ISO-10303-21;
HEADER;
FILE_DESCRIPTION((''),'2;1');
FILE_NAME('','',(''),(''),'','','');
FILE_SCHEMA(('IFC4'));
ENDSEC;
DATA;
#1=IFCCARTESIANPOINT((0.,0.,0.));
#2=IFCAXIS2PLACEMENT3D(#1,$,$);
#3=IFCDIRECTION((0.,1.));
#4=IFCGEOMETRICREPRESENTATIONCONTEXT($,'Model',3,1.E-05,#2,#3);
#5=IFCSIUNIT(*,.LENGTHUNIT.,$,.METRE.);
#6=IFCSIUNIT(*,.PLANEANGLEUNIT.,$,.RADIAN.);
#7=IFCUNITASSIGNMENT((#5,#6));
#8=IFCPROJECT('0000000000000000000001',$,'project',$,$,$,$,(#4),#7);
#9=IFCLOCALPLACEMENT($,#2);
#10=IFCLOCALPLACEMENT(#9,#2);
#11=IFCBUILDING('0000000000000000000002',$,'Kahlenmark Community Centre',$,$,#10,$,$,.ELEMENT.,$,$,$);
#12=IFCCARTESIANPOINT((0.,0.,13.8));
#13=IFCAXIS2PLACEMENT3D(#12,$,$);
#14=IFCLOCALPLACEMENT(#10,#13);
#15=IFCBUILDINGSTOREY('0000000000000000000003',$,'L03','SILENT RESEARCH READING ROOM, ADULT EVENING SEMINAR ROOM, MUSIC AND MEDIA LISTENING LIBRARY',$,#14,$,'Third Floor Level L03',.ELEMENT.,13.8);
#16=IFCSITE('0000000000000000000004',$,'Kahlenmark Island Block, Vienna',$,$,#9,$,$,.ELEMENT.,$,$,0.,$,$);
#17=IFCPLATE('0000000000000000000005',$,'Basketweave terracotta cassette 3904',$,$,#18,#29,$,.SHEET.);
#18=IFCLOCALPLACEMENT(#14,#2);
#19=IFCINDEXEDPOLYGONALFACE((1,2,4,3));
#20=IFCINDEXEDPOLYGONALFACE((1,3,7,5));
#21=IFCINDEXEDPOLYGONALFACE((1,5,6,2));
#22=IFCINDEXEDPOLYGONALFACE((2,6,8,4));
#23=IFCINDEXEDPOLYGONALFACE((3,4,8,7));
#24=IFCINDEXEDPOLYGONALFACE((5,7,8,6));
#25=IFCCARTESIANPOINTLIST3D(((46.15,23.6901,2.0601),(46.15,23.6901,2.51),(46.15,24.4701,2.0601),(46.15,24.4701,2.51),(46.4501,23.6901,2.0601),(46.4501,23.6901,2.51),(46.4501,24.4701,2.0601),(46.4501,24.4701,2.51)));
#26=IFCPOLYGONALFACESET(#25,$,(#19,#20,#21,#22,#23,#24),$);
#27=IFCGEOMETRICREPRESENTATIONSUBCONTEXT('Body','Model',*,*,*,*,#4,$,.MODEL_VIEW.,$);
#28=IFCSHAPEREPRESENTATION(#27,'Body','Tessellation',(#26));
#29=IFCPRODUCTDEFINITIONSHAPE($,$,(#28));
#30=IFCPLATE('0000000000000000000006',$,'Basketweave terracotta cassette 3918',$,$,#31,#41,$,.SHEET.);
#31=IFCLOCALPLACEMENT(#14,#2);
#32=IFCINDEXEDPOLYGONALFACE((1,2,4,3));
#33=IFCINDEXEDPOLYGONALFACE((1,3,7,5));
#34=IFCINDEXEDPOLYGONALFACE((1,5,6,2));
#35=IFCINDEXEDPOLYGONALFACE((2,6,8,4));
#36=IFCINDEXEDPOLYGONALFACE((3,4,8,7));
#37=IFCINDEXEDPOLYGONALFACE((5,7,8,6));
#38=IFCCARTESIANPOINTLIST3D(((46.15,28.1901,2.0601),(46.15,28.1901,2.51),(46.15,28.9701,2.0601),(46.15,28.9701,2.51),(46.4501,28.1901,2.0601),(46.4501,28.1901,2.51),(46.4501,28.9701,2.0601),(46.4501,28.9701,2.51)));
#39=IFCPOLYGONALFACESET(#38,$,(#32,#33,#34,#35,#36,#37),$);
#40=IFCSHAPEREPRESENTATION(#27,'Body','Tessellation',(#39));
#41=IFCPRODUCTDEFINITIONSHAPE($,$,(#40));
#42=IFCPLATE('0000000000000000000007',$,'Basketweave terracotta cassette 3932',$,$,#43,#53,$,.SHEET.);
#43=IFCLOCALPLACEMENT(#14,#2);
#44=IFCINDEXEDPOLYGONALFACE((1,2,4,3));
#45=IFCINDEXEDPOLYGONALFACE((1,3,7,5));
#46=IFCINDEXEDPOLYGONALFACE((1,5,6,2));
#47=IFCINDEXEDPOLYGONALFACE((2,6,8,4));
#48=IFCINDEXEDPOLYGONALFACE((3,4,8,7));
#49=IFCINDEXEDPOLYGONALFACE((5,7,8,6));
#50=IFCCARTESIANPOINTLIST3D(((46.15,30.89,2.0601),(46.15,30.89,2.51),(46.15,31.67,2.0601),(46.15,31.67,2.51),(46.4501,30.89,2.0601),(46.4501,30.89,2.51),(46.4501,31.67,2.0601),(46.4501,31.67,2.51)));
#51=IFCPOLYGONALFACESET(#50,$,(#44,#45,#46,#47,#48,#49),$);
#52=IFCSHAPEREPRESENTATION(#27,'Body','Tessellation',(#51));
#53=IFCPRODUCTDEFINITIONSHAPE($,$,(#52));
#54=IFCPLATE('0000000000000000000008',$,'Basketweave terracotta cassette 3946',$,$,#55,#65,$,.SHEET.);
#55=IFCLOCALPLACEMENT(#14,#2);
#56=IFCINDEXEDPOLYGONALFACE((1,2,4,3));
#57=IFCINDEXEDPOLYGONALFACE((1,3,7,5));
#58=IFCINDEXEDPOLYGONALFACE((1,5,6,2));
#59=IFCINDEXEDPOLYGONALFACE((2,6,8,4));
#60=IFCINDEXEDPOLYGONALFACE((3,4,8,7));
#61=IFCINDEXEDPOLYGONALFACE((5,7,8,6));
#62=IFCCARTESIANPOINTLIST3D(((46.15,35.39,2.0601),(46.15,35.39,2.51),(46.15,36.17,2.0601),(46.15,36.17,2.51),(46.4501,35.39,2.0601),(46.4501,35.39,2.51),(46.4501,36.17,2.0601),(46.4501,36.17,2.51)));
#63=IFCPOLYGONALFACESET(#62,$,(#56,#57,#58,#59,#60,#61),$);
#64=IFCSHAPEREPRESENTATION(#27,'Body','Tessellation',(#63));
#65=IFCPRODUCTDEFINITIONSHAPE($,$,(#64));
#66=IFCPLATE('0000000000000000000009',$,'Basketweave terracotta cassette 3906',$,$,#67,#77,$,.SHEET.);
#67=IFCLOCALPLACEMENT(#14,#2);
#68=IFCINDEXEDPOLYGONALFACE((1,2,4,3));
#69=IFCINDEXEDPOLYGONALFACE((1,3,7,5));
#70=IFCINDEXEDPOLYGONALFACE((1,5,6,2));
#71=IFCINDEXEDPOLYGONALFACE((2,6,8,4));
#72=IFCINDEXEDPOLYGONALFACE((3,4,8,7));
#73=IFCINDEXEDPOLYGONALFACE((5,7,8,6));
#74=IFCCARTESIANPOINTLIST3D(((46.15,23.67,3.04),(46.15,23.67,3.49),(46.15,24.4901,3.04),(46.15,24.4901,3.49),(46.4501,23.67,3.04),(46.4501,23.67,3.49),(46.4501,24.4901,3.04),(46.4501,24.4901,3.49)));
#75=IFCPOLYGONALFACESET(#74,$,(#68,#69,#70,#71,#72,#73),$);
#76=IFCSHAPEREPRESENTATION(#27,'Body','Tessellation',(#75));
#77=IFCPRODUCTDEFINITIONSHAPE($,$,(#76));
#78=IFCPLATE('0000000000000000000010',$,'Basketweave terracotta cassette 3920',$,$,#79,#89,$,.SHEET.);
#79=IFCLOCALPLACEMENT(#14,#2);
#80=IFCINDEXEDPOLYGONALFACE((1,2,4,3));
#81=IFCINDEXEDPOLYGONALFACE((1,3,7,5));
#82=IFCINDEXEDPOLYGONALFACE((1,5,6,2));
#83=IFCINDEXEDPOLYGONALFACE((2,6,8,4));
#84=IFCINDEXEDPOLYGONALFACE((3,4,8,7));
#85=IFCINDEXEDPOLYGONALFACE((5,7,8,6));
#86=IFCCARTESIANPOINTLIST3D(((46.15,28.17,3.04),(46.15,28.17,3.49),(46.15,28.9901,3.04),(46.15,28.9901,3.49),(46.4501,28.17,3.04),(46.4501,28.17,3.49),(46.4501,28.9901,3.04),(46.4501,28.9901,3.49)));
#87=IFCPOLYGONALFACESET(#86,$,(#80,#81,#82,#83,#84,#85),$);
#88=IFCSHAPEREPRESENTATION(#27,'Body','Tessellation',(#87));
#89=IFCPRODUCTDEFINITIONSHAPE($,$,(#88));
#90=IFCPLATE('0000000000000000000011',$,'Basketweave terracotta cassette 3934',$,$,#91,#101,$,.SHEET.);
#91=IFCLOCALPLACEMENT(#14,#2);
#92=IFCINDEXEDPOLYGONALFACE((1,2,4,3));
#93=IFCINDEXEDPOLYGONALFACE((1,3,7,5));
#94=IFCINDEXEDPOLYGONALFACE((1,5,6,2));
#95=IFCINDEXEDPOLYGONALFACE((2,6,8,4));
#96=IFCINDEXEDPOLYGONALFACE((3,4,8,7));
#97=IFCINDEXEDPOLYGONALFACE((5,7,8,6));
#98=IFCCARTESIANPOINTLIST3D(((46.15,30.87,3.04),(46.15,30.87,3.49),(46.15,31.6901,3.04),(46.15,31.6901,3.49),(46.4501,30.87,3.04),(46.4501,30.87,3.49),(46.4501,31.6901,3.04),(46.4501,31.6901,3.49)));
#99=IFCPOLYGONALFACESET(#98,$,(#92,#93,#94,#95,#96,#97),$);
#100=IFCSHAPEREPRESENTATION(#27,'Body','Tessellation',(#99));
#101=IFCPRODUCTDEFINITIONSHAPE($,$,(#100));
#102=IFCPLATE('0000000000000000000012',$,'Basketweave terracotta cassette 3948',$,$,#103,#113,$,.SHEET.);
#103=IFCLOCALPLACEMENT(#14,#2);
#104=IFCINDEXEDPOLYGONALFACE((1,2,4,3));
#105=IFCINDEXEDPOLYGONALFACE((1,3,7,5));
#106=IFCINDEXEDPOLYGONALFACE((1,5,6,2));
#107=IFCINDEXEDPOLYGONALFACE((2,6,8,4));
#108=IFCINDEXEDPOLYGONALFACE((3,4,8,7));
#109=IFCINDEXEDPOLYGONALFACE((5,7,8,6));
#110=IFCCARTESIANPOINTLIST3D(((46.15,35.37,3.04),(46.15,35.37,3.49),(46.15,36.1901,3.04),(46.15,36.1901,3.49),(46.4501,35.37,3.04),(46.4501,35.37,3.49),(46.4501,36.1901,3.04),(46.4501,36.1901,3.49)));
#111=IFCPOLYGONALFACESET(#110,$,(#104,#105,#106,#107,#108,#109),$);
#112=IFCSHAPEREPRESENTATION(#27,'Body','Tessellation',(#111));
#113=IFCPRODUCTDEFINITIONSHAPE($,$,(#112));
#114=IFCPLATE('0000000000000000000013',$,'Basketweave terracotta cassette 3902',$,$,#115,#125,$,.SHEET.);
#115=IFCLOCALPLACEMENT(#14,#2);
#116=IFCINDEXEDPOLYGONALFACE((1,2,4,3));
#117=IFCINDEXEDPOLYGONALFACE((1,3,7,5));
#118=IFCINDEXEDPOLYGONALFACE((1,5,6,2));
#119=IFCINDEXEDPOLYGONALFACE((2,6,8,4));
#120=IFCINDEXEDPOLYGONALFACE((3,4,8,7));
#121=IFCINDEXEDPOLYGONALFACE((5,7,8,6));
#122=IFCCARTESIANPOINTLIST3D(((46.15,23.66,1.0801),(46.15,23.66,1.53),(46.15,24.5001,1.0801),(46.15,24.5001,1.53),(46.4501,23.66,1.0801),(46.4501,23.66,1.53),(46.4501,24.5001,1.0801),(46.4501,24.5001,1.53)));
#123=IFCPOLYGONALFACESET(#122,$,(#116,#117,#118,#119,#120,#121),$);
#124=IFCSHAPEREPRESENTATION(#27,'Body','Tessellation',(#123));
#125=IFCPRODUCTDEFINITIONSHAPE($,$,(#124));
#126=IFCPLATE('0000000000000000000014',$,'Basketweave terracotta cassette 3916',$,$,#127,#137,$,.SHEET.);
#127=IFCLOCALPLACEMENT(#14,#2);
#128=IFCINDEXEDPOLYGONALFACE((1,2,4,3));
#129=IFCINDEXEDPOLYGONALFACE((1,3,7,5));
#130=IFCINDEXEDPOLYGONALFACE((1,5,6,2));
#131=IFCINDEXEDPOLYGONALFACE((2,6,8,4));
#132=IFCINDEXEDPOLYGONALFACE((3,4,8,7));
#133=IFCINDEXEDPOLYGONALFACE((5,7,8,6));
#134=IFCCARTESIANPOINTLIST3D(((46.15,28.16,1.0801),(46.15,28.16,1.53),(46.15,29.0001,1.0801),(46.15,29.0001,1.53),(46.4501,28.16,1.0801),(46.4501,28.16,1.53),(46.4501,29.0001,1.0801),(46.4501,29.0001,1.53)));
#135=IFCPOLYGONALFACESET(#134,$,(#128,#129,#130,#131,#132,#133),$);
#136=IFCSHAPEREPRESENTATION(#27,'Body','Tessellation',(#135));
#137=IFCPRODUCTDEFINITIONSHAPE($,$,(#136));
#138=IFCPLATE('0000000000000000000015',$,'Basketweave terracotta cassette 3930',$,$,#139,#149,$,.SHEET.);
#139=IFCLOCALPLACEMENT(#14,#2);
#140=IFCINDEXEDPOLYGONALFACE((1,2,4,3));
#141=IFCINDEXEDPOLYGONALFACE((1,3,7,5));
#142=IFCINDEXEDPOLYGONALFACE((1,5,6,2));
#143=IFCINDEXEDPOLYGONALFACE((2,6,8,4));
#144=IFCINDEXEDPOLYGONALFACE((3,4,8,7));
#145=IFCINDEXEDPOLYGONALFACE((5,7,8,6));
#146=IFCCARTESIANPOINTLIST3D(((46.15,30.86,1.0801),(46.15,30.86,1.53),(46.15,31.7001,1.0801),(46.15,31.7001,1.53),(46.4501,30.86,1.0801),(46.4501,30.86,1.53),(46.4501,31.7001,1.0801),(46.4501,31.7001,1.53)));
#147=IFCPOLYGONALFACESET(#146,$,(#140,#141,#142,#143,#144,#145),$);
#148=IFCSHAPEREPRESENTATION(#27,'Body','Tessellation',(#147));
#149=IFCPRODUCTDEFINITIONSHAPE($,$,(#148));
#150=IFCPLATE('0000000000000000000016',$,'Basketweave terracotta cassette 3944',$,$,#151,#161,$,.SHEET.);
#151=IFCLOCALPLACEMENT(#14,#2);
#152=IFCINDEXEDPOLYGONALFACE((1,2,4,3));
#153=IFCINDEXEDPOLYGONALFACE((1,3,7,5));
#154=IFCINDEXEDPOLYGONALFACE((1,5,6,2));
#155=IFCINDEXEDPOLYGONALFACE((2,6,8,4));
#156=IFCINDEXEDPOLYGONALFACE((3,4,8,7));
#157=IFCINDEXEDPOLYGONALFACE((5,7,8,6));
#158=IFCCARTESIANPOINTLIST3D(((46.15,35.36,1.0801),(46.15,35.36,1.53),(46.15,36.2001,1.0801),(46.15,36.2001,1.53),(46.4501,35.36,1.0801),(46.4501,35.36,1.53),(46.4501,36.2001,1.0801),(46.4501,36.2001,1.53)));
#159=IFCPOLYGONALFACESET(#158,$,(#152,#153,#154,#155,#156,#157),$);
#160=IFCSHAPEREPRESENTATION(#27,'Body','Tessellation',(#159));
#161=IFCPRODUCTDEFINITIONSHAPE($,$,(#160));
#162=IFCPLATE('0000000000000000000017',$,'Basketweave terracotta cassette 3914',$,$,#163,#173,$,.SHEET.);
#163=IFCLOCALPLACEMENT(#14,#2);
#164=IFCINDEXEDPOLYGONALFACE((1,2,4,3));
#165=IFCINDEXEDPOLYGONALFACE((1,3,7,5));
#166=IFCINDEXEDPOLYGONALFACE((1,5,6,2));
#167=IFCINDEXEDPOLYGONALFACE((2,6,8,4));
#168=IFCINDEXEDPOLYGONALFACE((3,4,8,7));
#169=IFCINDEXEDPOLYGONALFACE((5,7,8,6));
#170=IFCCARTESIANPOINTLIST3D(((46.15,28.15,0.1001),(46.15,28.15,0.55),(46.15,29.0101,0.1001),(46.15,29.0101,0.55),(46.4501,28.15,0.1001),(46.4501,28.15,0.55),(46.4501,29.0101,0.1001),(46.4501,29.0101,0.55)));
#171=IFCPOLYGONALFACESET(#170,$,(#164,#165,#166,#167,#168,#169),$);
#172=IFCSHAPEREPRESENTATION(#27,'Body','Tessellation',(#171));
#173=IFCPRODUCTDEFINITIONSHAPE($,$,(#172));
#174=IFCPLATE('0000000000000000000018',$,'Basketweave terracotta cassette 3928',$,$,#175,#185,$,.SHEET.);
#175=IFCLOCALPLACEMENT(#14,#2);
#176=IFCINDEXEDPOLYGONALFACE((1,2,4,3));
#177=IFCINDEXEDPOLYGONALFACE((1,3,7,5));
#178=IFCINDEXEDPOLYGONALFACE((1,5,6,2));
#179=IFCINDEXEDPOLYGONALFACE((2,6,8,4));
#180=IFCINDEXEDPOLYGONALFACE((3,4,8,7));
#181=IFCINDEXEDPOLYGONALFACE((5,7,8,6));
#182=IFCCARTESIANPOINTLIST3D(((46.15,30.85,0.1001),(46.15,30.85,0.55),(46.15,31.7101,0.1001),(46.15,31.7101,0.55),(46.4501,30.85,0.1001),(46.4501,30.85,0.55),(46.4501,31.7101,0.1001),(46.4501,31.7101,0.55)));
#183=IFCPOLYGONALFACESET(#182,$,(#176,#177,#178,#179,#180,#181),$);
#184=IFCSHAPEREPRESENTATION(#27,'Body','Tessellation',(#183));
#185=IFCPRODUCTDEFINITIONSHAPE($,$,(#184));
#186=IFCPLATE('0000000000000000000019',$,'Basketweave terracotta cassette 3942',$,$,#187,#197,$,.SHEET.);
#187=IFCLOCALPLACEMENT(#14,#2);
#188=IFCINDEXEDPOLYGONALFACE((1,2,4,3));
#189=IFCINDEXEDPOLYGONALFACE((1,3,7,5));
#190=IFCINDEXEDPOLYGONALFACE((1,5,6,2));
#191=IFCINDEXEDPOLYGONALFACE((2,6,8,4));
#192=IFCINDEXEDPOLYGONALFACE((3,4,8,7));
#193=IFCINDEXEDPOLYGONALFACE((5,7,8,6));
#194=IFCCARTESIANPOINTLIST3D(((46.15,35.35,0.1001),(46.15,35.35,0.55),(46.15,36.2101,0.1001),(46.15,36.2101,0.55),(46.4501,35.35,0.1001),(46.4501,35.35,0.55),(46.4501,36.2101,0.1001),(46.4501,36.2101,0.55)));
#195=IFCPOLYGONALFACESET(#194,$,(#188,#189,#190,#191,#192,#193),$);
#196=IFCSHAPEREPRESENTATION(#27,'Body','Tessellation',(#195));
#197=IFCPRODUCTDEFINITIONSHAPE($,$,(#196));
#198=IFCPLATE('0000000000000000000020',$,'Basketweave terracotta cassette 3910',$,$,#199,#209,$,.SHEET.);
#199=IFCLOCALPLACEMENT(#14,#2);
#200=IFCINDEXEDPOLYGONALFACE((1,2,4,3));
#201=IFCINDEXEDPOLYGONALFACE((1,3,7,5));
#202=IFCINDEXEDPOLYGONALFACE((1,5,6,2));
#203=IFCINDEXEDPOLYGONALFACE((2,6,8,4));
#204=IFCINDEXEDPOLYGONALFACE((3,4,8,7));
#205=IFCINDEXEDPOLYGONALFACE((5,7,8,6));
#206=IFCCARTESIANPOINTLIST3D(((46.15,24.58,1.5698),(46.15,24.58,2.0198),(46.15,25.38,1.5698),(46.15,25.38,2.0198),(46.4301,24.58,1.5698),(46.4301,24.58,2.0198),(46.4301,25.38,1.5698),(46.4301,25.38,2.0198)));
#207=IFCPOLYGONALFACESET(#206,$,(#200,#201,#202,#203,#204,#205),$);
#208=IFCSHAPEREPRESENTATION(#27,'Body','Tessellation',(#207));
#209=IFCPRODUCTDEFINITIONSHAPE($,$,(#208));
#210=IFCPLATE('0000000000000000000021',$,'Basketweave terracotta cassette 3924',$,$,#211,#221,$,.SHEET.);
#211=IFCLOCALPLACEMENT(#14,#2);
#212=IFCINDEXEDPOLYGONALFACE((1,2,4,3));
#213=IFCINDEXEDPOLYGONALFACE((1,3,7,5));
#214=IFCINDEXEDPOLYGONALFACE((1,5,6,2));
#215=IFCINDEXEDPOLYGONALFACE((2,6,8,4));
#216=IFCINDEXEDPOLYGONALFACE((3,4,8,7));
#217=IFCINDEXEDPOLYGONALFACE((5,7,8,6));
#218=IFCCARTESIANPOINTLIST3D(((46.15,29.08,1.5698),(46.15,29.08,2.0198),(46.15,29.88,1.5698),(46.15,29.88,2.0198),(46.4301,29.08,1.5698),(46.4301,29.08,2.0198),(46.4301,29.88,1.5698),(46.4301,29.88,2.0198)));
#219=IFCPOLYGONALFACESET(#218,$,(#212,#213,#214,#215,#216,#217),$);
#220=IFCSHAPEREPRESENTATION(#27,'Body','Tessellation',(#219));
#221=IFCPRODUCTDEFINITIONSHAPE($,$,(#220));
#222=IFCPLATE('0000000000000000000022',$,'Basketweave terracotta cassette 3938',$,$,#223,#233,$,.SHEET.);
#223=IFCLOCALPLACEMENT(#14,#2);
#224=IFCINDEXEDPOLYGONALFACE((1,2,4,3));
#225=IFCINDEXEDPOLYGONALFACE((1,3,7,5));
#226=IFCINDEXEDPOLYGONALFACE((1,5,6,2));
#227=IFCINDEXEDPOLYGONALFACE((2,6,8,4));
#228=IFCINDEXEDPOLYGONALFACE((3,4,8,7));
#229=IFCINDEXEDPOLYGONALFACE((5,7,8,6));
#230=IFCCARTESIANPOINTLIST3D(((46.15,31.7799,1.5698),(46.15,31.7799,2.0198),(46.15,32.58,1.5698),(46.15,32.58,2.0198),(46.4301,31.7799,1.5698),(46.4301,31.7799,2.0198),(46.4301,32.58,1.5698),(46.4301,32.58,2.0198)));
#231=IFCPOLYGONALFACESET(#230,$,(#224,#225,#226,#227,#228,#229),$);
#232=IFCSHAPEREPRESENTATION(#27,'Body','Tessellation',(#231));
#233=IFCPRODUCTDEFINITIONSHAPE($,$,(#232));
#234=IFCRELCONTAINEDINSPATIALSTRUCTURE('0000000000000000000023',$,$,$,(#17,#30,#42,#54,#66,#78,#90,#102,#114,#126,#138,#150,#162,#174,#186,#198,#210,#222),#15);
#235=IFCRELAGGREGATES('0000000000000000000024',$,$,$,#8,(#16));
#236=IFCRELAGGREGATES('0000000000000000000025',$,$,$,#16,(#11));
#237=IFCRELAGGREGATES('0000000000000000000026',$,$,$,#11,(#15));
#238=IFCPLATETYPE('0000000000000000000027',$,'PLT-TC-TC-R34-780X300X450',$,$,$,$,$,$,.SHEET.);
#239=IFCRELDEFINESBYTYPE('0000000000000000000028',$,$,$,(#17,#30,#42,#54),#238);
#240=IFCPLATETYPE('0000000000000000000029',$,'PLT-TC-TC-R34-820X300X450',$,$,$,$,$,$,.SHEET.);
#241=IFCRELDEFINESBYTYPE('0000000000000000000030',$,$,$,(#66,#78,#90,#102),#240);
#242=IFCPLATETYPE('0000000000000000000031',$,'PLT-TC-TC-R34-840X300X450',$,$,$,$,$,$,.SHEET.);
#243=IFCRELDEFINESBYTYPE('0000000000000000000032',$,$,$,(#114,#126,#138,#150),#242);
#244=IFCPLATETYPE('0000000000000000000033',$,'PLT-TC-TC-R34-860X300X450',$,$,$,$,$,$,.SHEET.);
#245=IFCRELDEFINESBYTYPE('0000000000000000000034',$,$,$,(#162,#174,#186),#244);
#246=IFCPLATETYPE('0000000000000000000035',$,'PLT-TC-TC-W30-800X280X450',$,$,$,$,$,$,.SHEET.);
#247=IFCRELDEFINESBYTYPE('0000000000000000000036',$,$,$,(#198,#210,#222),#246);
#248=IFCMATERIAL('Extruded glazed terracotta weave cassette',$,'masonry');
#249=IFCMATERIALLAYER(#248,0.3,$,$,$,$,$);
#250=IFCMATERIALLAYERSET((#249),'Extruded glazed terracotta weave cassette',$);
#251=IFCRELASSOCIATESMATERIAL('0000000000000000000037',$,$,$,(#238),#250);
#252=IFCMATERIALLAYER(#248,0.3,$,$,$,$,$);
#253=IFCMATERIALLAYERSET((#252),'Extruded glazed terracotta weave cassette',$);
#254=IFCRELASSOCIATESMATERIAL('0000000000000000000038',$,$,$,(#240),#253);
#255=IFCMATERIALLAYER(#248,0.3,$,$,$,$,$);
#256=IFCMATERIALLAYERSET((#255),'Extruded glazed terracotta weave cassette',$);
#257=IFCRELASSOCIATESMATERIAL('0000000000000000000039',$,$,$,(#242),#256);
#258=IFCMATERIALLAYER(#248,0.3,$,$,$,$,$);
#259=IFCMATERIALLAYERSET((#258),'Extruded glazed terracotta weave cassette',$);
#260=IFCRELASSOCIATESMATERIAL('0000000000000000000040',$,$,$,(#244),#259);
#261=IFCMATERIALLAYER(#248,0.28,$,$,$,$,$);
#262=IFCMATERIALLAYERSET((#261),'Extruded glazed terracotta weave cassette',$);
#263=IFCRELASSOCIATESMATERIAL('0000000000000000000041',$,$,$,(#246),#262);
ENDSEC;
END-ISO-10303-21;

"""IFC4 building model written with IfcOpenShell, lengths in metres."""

from ifc_helpers import new_model, si_unit, direction, frame, origin, origin_2d, place, context, subcontext, project, spatial, rectangle, extrude, material, layer, layer_set, type_object, element, save


model = new_model("IFC4")

# Units and contexts
model_context = context("Model", 3, precision=1e-05, world=origin(), true_north=direction((0.0, 1.0)))
body_context = subcontext(model_context, "Body", "Model", "MODEL_VIEW")
ifc_project = project(units=[si_unit("LENGTHUNIT", "METRE"), si_unit("PLANEANGLEUNIT", "RADIAN")], contexts=[model_context])

# Site, building, storey
site_placement = place(None, origin())
site = spatial("IfcSite", under=ifc_project, at=site_placement, Name="Kahlenmark Island Block, Vienna", CompositionType="ELEMENT", RefElevation=0.0)
building_placement = place(site_placement, origin())
building = spatial("IfcBuilding", under=site, at=building_placement, Name="Kahlenmark Community Centre", CompositionType="ELEMENT")
storey_placement = place(building_placement, frame((0.0, 0.0, 13.8)))
storey = spatial("IfcBuildingStorey", under=building, at=storey_placement, Name="L03", Description="SILENT RESEARCH READING ROOM, ADULT EVENING SEMINAR ROOM, MUSIC AND MEDIA LISTENING LIBRARY", LongName="Third Floor Level L03", CompositionType="ELEMENT", Elevation=13.8)

# Plates
ifc_material_1 = material(Name="Extruded glazed terracotta weave cassette", Category="masonry")
ifc_layer_1 = layer(ifc_material_1, 0.3)
ifc_layer_set_1 = layer_set([ifc_layer_1], Name="Extruded glazed terracotta weave cassette")
plate_type_1 = type_object("IfcPlateType", Name="PLT-TC-TC-R34-780X300X450", PredefinedType="SHEET", material=ifc_layer_set_1)
for number, where, z_axis, x_axis, name in (
    (1, (46.3, 24.0801, 2.0601), (0.0, 0.0, 1.0), (0.0, 1.0, 0.0), "Basketweave terracotta cassette 3904"),
    (2, (46.3, 28.5801, 2.0601), (0.0, 0.0, 1.0), (0.0, 1.0, 0.0), "Basketweave terracotta cassette 3918"),
    (3, (46.3, 31.28, 2.0601), (0.0, 0.0, 1.0), (0.0, 1.0, 0.0), "Basketweave terracotta cassette 3932"),
    (4, (46.3, 35.78, 2.0601), (0.0, 0.0, 1.0), (0.0, 1.0, 0.0), "Basketweave terracotta cassette 3946"),
):
    element("IfcPlate", number, at=place(storey_placement, frame(where, z_axis=z_axis, x_axis=x_axis)), inside=storey, type_object=plate_type_1, Name=name, PredefinedType="SHEET", context=body_context, shape_type="SweptSolid", body=[
        extrude(rectangle(XDim=0.78, YDim=0.3, at=origin_2d()), origin(), (0.0, 0.0, 1.0), 0.45),
    ])
ifc_layer_2 = layer(ifc_material_1, 0.3)
ifc_layer_set_2 = layer_set([ifc_layer_2], Name="Extruded glazed terracotta weave cassette")
plate_type_2 = type_object("IfcPlateType", Name="PLT-TC-TC-R34-820X300X450", PredefinedType="SHEET", material=ifc_layer_set_2)
for number, where, z_axis, x_axis, name in (
    (5, (46.3, 24.0801, 3.04), (0.0, 0.0, 1.0), (0.0, 1.0, 0.0), "Basketweave terracotta cassette 3906"),
    (6, (46.3, 28.5801, 3.04), (0.0, 0.0, 1.0), (0.0, 1.0, 0.0), "Basketweave terracotta cassette 3920"),
    (7, (46.3, 31.28, 3.04), (0.0, 0.0, 1.0), (0.0, 1.0, 0.0), "Basketweave terracotta cassette 3934"),
    (8, (46.3, 35.78, 3.04), (0.0, 0.0, 1.0), (0.0, 1.0, 0.0), "Basketweave terracotta cassette 3948"),
):
    element("IfcPlate", number, at=place(storey_placement, frame(where, z_axis=z_axis, x_axis=x_axis)), inside=storey, type_object=plate_type_2, Name=name, PredefinedType="SHEET", context=body_context, shape_type="SweptSolid", body=[
        extrude(rectangle(XDim=0.8201, YDim=0.3, at=origin_2d()), origin(), (0.0, 0.0, 1.0), 0.45),
    ])
ifc_layer_3 = layer(ifc_material_1, 0.3)
ifc_layer_set_3 = layer_set([ifc_layer_3], Name="Extruded glazed terracotta weave cassette")
plate_type_3 = type_object("IfcPlateType", Name="PLT-TC-TC-R34-840X300X450", PredefinedType="SHEET", material=ifc_layer_set_3)
for number, where, z_axis, x_axis, name in (
    (9, (46.3, 24.0801, 1.0801), (0.0, 0.0, 1.0), (0.0, 1.0, 0.0), "Basketweave terracotta cassette 3902"),
    (10, (46.3, 28.5801, 1.0801), (0.0, 0.0, 1.0), (0.0, 1.0, 0.0), "Basketweave terracotta cassette 3916"),
    (11, (46.3, 31.28, 1.0801), (0.0, 0.0, 1.0), (0.0, 1.0, 0.0), "Basketweave terracotta cassette 3930"),
    (12, (46.3, 35.78, 1.0801), (0.0, 0.0, 1.0), (0.0, 1.0, 0.0), "Basketweave terracotta cassette 3944"),
):
    element("IfcPlate", number, at=place(storey_placement, frame(where, z_axis=z_axis, x_axis=x_axis)), inside=storey, type_object=plate_type_3, Name=name, PredefinedType="SHEET", context=body_context, shape_type="SweptSolid", body=[
        extrude(rectangle(XDim=0.8401, YDim=0.3, at=origin_2d()), origin(), (0.0, 0.0, 1.0), 0.45),
    ])
ifc_layer_4 = layer(ifc_material_1, 0.3)
ifc_layer_set_4 = layer_set([ifc_layer_4], Name="Extruded glazed terracotta weave cassette")
plate_type_4 = type_object("IfcPlateType", Name="PLT-TC-TC-R34-860X300X450", PredefinedType="SHEET", material=ifc_layer_set_4)
for number, where, z_axis, x_axis, name in (
    (13, (46.3, 28.5801, 0.1001), (0.0, 0.0, 1.0), (0.0, 1.0, 0.0), "Basketweave terracotta cassette 3914"),
    (14, (46.3, 31.28, 0.1001), (0.0, 0.0, 1.0), (0.0, 1.0, 0.0), "Basketweave terracotta cassette 3928"),
    (15, (46.3, 35.78, 0.1001), (0.0, 0.0, 1.0), (0.0, 1.0, 0.0), "Basketweave terracotta cassette 3942"),
):
    element("IfcPlate", number, at=place(storey_placement, frame(where, z_axis=z_axis, x_axis=x_axis)), inside=storey, type_object=plate_type_4, Name=name, PredefinedType="SHEET", context=body_context, shape_type="SweptSolid", body=[
        extrude(rectangle(XDim=0.8601, YDim=0.3, at=origin_2d()), origin(), (0.0, 0.0, 1.0), 0.45),
    ])
ifc_layer_5 = layer(ifc_material_1, 0.28)
ifc_layer_set_5 = layer_set([ifc_layer_5], Name="Extruded glazed terracotta weave cassette")
plate_type_5 = type_object("IfcPlateType", Name="PLT-TC-TC-W30-800X280X450", PredefinedType="SHEET", material=ifc_layer_set_5)
for number, where, z_axis, x_axis, name in (
    (16, (46.29, 24.98, 1.5698), (0.0, 0.0, 1.0), (0.0, 1.0, 0.0), "Basketweave terracotta cassette 3910"),
    (17, (46.29, 29.48, 1.5698), (0.0, 0.0, 1.0), (0.0, 1.0, 0.0), "Basketweave terracotta cassette 3924"),
    (18, (46.29, 32.1799, 1.5698), (0.0, 0.0, 1.0), (0.0, 1.0, 0.0), "Basketweave terracotta cassette 3938"),
):
    element("IfcPlate", number, at=place(storey_placement, frame(where, z_axis=z_axis, x_axis=x_axis)), inside=storey, type_object=plate_type_5, Name=name, PredefinedType="SHEET", context=body_context, shape_type="SweptSolid", body=[
        extrude(rectangle(XDim=0.8, YDim=0.28, at=origin_2d()), origin(), (0.0, 0.0, 1.0), 0.45),
    ])

save(model, "model.ifc")
